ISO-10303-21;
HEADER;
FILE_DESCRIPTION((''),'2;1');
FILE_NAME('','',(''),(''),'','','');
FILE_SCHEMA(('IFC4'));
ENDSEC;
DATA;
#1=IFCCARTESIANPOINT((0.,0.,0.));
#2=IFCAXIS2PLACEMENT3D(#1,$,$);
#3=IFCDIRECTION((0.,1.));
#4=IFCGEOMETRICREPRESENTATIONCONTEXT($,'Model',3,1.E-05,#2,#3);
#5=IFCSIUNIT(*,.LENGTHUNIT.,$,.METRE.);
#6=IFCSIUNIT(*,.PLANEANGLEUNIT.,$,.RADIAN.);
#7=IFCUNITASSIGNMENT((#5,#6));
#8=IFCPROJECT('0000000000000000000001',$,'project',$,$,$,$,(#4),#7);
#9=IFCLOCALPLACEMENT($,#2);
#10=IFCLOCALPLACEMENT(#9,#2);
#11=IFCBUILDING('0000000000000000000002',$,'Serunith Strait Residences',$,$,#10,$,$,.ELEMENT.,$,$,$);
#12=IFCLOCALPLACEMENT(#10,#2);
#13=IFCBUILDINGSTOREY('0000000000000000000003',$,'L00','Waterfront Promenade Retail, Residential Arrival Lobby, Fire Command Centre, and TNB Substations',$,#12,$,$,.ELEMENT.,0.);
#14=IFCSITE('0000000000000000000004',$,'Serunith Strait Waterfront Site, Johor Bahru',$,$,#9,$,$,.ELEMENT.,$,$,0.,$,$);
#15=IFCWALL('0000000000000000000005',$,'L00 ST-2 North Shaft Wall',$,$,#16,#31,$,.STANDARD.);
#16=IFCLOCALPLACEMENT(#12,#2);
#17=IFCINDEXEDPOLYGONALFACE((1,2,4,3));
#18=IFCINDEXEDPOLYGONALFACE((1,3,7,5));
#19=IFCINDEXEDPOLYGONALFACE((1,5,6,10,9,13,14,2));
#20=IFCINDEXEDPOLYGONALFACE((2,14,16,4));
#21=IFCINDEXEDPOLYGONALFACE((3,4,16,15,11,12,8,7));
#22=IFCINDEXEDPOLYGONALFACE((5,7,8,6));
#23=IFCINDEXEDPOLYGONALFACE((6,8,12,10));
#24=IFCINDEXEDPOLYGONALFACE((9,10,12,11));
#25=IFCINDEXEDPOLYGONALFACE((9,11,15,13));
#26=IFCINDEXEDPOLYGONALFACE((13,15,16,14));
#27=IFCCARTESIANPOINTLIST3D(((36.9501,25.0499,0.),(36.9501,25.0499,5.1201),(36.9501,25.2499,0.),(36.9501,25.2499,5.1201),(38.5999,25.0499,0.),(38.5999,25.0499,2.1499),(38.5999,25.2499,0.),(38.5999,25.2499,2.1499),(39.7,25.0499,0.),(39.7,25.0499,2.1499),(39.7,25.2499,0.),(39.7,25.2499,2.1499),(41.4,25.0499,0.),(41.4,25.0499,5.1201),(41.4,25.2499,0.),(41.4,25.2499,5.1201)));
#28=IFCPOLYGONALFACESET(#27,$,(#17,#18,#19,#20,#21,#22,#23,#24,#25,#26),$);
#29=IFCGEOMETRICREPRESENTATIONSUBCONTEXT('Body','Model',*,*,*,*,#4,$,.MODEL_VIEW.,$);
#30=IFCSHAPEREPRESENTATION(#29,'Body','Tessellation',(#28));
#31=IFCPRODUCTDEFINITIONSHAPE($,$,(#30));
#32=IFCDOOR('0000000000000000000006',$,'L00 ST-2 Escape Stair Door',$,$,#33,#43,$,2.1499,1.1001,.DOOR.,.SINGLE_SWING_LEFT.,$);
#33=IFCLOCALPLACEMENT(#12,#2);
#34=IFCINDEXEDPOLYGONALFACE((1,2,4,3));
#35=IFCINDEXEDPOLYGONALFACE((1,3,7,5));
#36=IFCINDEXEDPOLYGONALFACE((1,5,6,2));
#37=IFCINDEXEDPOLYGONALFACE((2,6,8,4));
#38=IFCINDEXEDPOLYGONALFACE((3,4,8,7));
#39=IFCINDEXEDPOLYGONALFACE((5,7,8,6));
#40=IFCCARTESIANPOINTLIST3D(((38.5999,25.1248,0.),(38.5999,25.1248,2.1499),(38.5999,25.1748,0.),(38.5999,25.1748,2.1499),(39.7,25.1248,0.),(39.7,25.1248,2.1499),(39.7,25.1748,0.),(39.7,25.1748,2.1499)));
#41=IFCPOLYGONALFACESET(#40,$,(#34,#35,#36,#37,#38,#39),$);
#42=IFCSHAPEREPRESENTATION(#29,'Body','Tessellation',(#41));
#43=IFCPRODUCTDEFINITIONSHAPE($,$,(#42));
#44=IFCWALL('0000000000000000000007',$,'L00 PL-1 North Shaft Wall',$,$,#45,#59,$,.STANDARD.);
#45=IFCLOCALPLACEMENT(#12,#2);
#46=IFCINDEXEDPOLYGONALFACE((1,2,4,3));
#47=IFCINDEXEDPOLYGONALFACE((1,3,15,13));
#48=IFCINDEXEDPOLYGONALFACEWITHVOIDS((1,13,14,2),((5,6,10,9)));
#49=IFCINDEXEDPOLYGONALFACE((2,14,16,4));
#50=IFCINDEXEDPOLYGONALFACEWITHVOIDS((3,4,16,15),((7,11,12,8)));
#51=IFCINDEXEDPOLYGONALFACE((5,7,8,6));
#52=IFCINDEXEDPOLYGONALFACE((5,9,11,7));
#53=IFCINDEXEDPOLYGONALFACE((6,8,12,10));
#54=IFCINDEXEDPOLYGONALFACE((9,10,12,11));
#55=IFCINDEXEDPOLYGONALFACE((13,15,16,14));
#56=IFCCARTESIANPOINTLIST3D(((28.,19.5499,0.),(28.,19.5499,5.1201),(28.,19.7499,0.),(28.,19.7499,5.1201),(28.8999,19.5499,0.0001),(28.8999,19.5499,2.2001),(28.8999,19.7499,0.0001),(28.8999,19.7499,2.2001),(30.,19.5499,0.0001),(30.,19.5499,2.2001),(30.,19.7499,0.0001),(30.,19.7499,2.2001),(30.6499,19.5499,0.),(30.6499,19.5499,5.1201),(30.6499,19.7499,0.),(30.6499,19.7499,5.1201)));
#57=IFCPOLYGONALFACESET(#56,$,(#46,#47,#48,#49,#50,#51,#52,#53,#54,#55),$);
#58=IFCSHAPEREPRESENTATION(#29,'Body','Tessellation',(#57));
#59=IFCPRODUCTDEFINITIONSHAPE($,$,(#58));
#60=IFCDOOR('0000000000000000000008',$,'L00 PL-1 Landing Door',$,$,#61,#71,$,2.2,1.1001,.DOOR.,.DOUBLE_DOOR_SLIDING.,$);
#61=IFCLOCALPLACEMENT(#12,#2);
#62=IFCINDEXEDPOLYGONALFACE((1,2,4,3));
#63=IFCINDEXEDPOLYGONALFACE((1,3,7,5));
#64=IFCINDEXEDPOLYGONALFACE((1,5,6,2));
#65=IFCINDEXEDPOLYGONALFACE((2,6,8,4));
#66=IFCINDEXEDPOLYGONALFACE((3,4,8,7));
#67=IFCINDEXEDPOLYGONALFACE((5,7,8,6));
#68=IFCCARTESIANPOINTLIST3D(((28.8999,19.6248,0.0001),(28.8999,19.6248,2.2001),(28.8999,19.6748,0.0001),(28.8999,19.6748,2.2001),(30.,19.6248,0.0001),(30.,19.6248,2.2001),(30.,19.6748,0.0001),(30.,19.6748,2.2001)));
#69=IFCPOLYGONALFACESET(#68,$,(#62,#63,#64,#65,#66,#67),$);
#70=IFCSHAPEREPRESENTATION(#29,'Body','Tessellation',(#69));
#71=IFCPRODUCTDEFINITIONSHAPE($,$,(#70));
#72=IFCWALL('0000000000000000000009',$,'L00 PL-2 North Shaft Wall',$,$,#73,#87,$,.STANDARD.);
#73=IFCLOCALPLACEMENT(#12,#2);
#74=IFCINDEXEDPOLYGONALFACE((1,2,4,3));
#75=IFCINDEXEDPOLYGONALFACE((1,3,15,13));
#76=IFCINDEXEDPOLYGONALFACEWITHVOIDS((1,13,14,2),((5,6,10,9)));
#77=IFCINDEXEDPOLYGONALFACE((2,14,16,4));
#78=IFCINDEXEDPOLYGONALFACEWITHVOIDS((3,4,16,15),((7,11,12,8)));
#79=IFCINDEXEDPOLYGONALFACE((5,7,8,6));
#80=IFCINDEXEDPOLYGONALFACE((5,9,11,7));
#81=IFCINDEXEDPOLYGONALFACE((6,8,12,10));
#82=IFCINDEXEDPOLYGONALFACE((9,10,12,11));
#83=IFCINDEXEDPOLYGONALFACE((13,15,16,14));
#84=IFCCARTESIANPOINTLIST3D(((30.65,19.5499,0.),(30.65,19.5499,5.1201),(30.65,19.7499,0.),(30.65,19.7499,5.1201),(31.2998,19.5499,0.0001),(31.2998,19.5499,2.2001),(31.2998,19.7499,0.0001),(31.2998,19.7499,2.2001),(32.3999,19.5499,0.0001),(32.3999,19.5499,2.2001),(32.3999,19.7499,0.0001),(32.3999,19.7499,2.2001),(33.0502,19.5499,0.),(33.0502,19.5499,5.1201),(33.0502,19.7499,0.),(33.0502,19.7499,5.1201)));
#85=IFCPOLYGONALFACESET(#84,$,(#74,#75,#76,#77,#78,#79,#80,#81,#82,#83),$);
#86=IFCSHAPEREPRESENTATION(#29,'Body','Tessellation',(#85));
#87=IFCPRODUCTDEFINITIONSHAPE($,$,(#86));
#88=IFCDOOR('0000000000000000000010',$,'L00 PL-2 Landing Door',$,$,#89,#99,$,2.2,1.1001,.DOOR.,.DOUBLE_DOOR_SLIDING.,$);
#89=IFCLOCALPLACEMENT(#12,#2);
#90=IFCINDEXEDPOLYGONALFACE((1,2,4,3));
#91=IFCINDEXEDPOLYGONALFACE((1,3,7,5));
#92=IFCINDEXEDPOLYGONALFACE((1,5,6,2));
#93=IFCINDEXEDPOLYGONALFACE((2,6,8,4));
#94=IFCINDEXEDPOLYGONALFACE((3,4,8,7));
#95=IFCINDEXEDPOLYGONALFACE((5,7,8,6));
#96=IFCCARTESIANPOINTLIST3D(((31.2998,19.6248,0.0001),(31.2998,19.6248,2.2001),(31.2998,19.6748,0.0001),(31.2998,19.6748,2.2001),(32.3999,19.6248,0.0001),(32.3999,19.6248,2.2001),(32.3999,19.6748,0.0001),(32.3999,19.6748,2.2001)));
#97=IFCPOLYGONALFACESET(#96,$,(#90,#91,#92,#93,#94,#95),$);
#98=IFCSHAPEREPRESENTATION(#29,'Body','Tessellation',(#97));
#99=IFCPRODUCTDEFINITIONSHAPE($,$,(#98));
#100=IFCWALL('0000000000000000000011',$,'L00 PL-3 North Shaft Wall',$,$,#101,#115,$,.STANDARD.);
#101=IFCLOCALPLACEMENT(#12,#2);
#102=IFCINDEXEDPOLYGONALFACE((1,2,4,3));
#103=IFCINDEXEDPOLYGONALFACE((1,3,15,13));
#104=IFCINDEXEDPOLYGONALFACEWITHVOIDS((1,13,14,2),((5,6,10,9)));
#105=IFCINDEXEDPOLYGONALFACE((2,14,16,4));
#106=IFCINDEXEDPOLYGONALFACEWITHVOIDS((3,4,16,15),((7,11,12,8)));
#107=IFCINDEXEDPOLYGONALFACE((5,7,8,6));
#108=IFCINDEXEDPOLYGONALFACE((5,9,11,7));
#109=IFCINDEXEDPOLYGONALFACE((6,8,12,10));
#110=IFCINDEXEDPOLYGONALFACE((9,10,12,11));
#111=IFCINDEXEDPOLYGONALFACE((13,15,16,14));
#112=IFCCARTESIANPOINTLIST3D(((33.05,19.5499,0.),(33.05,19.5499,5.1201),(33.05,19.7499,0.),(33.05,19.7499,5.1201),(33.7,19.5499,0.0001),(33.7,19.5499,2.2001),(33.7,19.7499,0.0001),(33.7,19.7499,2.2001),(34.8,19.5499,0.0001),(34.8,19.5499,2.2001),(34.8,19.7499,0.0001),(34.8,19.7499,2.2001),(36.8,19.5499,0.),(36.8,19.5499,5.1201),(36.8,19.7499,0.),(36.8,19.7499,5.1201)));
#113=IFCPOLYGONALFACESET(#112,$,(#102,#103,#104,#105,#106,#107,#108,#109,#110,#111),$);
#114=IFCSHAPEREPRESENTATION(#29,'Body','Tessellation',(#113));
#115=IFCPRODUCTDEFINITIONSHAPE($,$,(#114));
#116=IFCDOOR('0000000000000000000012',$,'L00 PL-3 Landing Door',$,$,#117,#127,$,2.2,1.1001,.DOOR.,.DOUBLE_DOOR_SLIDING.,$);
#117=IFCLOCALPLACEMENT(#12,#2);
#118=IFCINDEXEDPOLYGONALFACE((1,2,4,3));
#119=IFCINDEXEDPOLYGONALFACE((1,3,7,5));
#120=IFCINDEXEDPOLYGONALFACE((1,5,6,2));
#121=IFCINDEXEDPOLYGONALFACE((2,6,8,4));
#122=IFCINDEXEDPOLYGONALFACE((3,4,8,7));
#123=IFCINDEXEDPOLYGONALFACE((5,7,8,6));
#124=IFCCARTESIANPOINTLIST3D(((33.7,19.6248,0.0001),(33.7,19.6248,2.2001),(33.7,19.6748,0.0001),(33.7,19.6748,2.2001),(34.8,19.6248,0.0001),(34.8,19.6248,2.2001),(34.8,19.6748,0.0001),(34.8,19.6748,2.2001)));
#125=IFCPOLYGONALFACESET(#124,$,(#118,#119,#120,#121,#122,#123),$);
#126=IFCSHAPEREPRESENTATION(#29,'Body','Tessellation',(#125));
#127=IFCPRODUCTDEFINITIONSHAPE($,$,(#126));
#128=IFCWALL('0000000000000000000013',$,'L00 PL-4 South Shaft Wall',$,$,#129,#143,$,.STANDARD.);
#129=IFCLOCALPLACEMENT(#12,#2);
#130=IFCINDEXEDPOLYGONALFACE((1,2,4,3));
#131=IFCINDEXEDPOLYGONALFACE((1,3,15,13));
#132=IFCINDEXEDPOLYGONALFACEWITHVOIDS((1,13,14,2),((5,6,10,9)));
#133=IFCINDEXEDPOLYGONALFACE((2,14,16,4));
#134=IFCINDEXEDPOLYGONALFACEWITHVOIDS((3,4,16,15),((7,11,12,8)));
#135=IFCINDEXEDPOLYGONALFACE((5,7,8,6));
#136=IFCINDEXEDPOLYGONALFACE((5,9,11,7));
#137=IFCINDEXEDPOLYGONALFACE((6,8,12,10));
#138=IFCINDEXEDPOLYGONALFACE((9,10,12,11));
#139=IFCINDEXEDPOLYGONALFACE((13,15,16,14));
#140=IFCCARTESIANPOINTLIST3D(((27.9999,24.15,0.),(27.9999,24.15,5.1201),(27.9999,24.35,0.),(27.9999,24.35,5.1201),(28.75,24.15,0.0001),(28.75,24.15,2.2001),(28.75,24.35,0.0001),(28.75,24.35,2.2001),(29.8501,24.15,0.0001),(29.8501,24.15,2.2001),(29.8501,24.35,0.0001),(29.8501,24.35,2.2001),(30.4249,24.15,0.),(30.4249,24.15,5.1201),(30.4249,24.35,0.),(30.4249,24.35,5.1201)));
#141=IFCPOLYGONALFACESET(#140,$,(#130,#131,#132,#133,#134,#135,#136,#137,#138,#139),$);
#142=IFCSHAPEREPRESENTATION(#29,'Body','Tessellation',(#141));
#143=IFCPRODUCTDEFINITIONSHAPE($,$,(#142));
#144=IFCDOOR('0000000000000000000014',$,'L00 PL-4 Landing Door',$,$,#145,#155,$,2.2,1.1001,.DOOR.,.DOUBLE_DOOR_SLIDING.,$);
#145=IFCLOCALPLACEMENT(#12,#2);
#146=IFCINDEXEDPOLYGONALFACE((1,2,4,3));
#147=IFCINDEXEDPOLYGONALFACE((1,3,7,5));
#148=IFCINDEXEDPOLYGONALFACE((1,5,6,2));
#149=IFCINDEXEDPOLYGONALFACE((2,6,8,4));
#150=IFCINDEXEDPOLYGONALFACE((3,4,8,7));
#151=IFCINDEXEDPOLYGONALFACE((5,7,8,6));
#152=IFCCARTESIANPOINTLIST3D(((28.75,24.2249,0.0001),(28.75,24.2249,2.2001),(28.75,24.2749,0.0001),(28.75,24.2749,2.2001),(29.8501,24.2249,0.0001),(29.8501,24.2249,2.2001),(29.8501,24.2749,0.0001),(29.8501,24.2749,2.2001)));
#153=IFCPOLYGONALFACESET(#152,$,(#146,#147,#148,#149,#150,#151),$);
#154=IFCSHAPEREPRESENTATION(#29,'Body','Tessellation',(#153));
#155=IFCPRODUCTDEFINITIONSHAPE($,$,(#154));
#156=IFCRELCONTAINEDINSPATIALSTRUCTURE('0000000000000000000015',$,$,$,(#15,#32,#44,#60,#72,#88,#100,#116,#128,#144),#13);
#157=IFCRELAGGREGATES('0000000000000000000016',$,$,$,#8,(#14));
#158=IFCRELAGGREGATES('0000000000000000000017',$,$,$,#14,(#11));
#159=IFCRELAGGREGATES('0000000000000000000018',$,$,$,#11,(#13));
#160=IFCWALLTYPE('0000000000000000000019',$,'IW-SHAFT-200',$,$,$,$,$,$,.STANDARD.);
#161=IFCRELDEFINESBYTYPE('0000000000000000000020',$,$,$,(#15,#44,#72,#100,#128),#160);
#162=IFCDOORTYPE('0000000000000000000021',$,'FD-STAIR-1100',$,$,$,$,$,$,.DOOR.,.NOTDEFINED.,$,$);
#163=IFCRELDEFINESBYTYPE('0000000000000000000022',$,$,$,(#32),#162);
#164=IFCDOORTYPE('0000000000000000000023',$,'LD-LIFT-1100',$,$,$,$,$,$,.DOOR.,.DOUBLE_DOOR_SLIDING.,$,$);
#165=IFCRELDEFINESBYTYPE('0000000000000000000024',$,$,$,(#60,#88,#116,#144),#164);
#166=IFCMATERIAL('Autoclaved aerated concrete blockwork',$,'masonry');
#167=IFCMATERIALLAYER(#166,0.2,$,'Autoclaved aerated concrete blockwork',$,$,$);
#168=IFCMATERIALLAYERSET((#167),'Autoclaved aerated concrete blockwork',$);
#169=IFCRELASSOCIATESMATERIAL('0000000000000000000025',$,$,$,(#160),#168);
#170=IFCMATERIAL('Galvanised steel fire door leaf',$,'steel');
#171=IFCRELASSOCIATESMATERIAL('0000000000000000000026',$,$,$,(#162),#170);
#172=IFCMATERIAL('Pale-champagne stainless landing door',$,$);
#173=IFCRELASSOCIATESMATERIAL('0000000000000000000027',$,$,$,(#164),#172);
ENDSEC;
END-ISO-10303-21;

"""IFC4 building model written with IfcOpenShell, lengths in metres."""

from ifc_helpers import new_model, si_unit, direction, frame, frame_2d, origin, place, context, subcontext, project, spatial, rectangle, extrude, source, transform, mapped, material, layer, layer_set, type_object, element, fill, save


model = new_model("IFC4")

# Units and contexts
model_context = context("Model", 3, precision=1e-05, world=origin(), true_north=direction((0.0, 1.0)))
body_context = subcontext(model_context, "Body", "Model", "MODEL_VIEW")
ifc_project = project(units=[si_unit("LENGTHUNIT", "METRE"), si_unit("PLANEANGLEUNIT", "RADIAN")], contexts=[model_context])

# Site, building, storey
site_placement = place(None, origin())
site = spatial("IfcSite", under=ifc_project, at=site_placement, Name="Serunith Strait Waterfront Site, Johor Bahru", CompositionType="ELEMENT", RefElevation=0.0)
building_placement = place(site_placement, origin())
building = spatial("IfcBuilding", under=site, at=building_placement, Name="Serunith Strait Residences", CompositionType="ELEMENT")
storey_placement = place(building_placement, origin())
storey = spatial("IfcBuildingStorey", under=building, at=storey_placement, Name="L00", Description="Waterfront Promenade Retail, Residential Arrival Lobby, Fire Command Centre, and TNB Substations", CompositionType="ELEMENT", Elevation=0.0)

# Walls, openings, doors
ifc_material_1 = material(Name="Autoclaved aerated concrete blockwork", Category="masonry")
ifc_layer = layer(ifc_material_1, 0.2, Name="Autoclaved aerated concrete blockwork")
ifc_layer_set = layer_set([ifc_layer], Name="Autoclaved aerated concrete blockwork")
wall_type = type_object("IfcWallType", Name="IW-SHAFT-200", PredefinedType="STANDARD", material=ifc_layer_set)
wall_1_placement = place(storey_placement, frame((36.95, 25.1499, 0.0), z_axis=(0.0, 0.0, 1.0), x_axis=(1.0, 0.0, 0.0)))
wall_1 = element("IfcWall", 1, at=wall_1_placement, inside=storey, type_object=wall_type, Name="L00 ST-2 North Shaft Wall", PredefinedType="STANDARD", context=body_context, shape_type="SweptSolid", body=[
    extrude(rectangle(XDim=4.45, YDim=0.2, at=frame_2d((2.2251, 0.0))), origin(), (0.0, 0.0, 1.0), 5.1201),
])
opening_1_placement = place(wall_1_placement, frame((1.6499, 0.0, 0.0)))
opening_1 = element("IfcOpeningElement", 2, at=opening_1_placement, cuts=wall_1, PredefinedType="OPENING", context=body_context, shape_type="SweptSolid", body=[
    extrude(rectangle(XDim=1.1001, YDim=2.1499, at=frame_2d((0.55, 1.075))), frame((0.0, 0.1099, 0.0), z_axis=(0.0, -1.0, 0.0), x_axis=(1.0, 0.0, 0.0)), (0.0, 0.0, 1.0), 0.22),
])
ifc_material_2 = material(Name="Galvanised steel fire door leaf", Category="steel")
door_type_1 = type_object("IfcDoorType", Name="FD-STAIR-1100", OperationType="NOTDEFINED", PredefinedType="DOOR", material=ifc_material_2)
shared_shape_1 = source(origin(), body_context, "Body", "SweptSolid", [
    extrude(rectangle(XDim=1.1001, YDim=2.1499, at=frame_2d((0.55, 1.075))), frame((0.0, 0.0249, 0.0), z_axis=(0.0, -1.0, 0.0), x_axis=(1.0, 0.0, 0.0)), (0.0, 0.0, 1.0), 0.05),
])
door_1_placement = place(opening_1_placement, origin())
door_1 = element("IfcDoor", 3, at=door_1_placement, inside=storey, type_object=door_type_1, Name="L00 ST-2 Escape Stair Door", OperationType="SINGLE_SWING_LEFT", OverallHeight=2.1499, OverallWidth=1.1001, PredefinedType="DOOR", context=body_context, shape_type="MappedRepresentation", body=[
    mapped(shared_shape_1, transform((0.0, 0.0, 0.0), scale=1.0)),
])
fill(opening_1, door_1)
wall_2_placement = place(storey_placement, frame((28.0, 19.6499, 0.0), z_axis=(0.0, 0.0, 1.0), x_axis=(1.0, 0.0, 0.0)))
wall_2 = element("IfcWall", 4, at=wall_2_placement, inside=storey, type_object=wall_type, Name="L00 PL-1 North Shaft Wall", PredefinedType="STANDARD", context=body_context, shape_type="SweptSolid", body=[
    extrude(rectangle(XDim=2.6499, YDim=0.2, at=frame_2d((1.325, 0.0))), origin(), (0.0, 0.0, 1.0), 5.1201),
])
opening_2_placement = place(wall_2_placement, frame((0.8999, 0.0, 0.0)))
opening_2 = element("IfcOpeningElement", 5, at=opening_2_placement, cuts=wall_2, PredefinedType="OPENING", context=body_context, shape_type="SweptSolid", body=[
    extrude(rectangle(XDim=1.1001, YDim=2.2, at=frame_2d((0.55, 1.1001))), frame((0.0, 0.1099, 0.0), z_axis=(0.0, -1.0, 0.0), x_axis=(1.0, 0.0, 0.0)), (0.0, 0.0, 1.0), 0.22),
])
ifc_material_3 = material(Name="Pale-champagne stainless landing door")
door_type_2 = type_object("IfcDoorType", Name="LD-LIFT-1100", OperationType="DOUBLE_DOOR_SLIDING", PredefinedType="DOOR", material=ifc_material_3)
shared_shape_2 = source(origin(), body_context, "Body", "SweptSolid", [
    extrude(rectangle(XDim=1.1001, YDim=2.2, at=frame_2d((0.55, 1.1001))), frame((0.0, 0.0249, 0.0), z_axis=(0.0, -1.0, 0.0), x_axis=(1.0, 0.0, 0.0)), (0.0, 0.0, 1.0), 0.05),
])
door_2_placement = place(opening_2_placement, origin())
door_2 = element("IfcDoor", 6, at=door_2_placement, inside=storey, type_object=door_type_2, Name="L00 PL-1 Landing Door", OperationType="DOUBLE_DOOR_SLIDING", OverallHeight=2.2, OverallWidth=1.1001, PredefinedType="DOOR", context=body_context, shape_type="MappedRepresentation", body=[
    mapped(shared_shape_2, transform((0.0, 0.0, 0.0), scale=1.0)),
])
fill(opening_2, door_2)
wall_3_placement = place(storey_placement, frame((30.6499, 19.6499, 0.0), z_axis=(0.0, 0.0, 1.0), x_axis=(1.0, 0.0, 0.0)))
wall_3 = element("IfcWall", 7, at=wall_3_placement, inside=storey, type_object=wall_type, Name="L00 PL-2 North Shaft Wall", PredefinedType="STANDARD", context=body_context, shape_type="SweptSolid", body=[
    extrude(rectangle(XDim=2.4001, YDim=0.2, at=frame_2d((1.2002, 0.0))), origin(), (0.0, 0.0, 1.0), 5.1201),
])
opening_3_placement = place(wall_3_placement, frame((0.6499, 0.0, 0.0)))
opening_3 = element("IfcOpeningElement", 8, at=opening_3_placement, cuts=wall_3, PredefinedType="OPENING", context=body_context, shape_type="SweptSolid", body=[
    extrude(rectangle(XDim=1.1001, YDim=2.2, at=frame_2d((0.55, 1.1001))), frame((0.0, 0.1099, 0.0), z_axis=(0.0, -1.0, 0.0), x_axis=(1.0, 0.0, 0.0)), (0.0, 0.0, 1.0), 0.22),
])
door_3_placement = place(opening_3_placement, origin())
door_3 = element("IfcDoor", 9, at=door_3_placement, inside=storey, type_object=door_type_2, Name="L00 PL-2 Landing Door", OperationType="DOUBLE_DOOR_SLIDING", OverallHeight=2.2, OverallWidth=1.1001, PredefinedType="DOOR", context=body_context, shape_type="MappedRepresentation", body=[
    mapped(shared_shape_2, transform((0.0, 0.0, 0.0), scale=1.0)),
])
fill(opening_3, door_3)
wall_4_placement = place(storey_placement, frame((33.05, 19.6499, 0.0), z_axis=(0.0, 0.0, 1.0), x_axis=(1.0, 0.0, 0.0)))
wall_4 = element("IfcWall", 10, at=wall_4_placement, inside=storey, type_object=wall_type, Name="L00 PL-3 North Shaft Wall", PredefinedType="STANDARD", context=body_context, shape_type="SweptSolid", body=[
    extrude(rectangle(XDim=3.75, YDim=0.2, at=frame_2d((1.875, 0.0))), origin(), (0.0, 0.0, 1.0), 5.1201),
])
opening_4_placement = place(wall_4_placement, frame((0.6499, 0.0, 0.0)))
opening_4 = element("IfcOpeningElement", 11, at=opening_4_placement, cuts=wall_4, PredefinedType="OPENING", context=body_context, shape_type="SweptSolid", body=[
    extrude(rectangle(XDim=1.1001, YDim=2.2, at=frame_2d((0.55, 1.1001))), frame((0.0, 0.1099, 0.0), z_axis=(0.0, -1.0, 0.0), x_axis=(1.0, 0.0, 0.0)), (0.0, 0.0, 1.0), 0.22),
])
door_4_placement = place(opening_4_placement, origin())
door_4 = element("IfcDoor", 12, at=door_4_placement, inside=storey, type_object=door_type_2, Name="L00 PL-3 Landing Door", OperationType="DOUBLE_DOOR_SLIDING", OverallHeight=2.2, OverallWidth=1.1001, PredefinedType="DOOR", context=body_context, shape_type="MappedRepresentation", body=[
    mapped(shared_shape_2, transform((0.0, 0.0, 0.0), scale=1.0)),
])
fill(opening_4, door_4)
wall_5_placement = place(storey_placement, frame((28.0, 24.25, 0.0), z_axis=(0.0, 0.0, 1.0), x_axis=(1.0, 0.0, 0.0)))
wall_5 = element("IfcWall", 13, at=wall_5_placement, inside=storey, type_object=wall_type, Name="L00 PL-4 South Shaft Wall", PredefinedType="STANDARD", context=body_context, shape_type="SweptSolid", body=[
    extrude(rectangle(XDim=2.425, YDim=0.2, at=frame_2d((1.2124, 0.0))), origin(), (0.0, 0.0, 1.0), 5.1201),
])
opening_5_placement = place(wall_5_placement, frame((0.75, 0.0, 0.0)))
opening_5 = element("IfcOpeningElement", 14, at=opening_5_placement, cuts=wall_5, PredefinedType="OPENING", context=body_context, shape_type="SweptSolid", body=[
    extrude(rectangle(XDim=1.1001, YDim=2.2, at=frame_2d((0.55, 1.1001))), frame((0.0, 0.1099, 0.0), z_axis=(0.0, -1.0, 0.0), x_axis=(1.0, 0.0, 0.0)), (0.0, 0.0, 1.0), 0.22),
])
door_5_placement = place(opening_5_placement, origin())
door_5 = element("IfcDoor", 15, at=door_5_placement, inside=storey, type_object=door_type_2, Name="L00 PL-4 Landing Door", OperationType="DOUBLE_DOOR_SLIDING", OverallHeight=2.2, OverallWidth=1.1001, PredefinedType="DOOR", context=body_context, shape_type="MappedRepresentation", body=[
    mapped(shared_shape_2, transform((0.0, 0.0, 0.0), scale=1.0)),
])
fill(opening_5, door_5)

save(model, "model.ifc")
